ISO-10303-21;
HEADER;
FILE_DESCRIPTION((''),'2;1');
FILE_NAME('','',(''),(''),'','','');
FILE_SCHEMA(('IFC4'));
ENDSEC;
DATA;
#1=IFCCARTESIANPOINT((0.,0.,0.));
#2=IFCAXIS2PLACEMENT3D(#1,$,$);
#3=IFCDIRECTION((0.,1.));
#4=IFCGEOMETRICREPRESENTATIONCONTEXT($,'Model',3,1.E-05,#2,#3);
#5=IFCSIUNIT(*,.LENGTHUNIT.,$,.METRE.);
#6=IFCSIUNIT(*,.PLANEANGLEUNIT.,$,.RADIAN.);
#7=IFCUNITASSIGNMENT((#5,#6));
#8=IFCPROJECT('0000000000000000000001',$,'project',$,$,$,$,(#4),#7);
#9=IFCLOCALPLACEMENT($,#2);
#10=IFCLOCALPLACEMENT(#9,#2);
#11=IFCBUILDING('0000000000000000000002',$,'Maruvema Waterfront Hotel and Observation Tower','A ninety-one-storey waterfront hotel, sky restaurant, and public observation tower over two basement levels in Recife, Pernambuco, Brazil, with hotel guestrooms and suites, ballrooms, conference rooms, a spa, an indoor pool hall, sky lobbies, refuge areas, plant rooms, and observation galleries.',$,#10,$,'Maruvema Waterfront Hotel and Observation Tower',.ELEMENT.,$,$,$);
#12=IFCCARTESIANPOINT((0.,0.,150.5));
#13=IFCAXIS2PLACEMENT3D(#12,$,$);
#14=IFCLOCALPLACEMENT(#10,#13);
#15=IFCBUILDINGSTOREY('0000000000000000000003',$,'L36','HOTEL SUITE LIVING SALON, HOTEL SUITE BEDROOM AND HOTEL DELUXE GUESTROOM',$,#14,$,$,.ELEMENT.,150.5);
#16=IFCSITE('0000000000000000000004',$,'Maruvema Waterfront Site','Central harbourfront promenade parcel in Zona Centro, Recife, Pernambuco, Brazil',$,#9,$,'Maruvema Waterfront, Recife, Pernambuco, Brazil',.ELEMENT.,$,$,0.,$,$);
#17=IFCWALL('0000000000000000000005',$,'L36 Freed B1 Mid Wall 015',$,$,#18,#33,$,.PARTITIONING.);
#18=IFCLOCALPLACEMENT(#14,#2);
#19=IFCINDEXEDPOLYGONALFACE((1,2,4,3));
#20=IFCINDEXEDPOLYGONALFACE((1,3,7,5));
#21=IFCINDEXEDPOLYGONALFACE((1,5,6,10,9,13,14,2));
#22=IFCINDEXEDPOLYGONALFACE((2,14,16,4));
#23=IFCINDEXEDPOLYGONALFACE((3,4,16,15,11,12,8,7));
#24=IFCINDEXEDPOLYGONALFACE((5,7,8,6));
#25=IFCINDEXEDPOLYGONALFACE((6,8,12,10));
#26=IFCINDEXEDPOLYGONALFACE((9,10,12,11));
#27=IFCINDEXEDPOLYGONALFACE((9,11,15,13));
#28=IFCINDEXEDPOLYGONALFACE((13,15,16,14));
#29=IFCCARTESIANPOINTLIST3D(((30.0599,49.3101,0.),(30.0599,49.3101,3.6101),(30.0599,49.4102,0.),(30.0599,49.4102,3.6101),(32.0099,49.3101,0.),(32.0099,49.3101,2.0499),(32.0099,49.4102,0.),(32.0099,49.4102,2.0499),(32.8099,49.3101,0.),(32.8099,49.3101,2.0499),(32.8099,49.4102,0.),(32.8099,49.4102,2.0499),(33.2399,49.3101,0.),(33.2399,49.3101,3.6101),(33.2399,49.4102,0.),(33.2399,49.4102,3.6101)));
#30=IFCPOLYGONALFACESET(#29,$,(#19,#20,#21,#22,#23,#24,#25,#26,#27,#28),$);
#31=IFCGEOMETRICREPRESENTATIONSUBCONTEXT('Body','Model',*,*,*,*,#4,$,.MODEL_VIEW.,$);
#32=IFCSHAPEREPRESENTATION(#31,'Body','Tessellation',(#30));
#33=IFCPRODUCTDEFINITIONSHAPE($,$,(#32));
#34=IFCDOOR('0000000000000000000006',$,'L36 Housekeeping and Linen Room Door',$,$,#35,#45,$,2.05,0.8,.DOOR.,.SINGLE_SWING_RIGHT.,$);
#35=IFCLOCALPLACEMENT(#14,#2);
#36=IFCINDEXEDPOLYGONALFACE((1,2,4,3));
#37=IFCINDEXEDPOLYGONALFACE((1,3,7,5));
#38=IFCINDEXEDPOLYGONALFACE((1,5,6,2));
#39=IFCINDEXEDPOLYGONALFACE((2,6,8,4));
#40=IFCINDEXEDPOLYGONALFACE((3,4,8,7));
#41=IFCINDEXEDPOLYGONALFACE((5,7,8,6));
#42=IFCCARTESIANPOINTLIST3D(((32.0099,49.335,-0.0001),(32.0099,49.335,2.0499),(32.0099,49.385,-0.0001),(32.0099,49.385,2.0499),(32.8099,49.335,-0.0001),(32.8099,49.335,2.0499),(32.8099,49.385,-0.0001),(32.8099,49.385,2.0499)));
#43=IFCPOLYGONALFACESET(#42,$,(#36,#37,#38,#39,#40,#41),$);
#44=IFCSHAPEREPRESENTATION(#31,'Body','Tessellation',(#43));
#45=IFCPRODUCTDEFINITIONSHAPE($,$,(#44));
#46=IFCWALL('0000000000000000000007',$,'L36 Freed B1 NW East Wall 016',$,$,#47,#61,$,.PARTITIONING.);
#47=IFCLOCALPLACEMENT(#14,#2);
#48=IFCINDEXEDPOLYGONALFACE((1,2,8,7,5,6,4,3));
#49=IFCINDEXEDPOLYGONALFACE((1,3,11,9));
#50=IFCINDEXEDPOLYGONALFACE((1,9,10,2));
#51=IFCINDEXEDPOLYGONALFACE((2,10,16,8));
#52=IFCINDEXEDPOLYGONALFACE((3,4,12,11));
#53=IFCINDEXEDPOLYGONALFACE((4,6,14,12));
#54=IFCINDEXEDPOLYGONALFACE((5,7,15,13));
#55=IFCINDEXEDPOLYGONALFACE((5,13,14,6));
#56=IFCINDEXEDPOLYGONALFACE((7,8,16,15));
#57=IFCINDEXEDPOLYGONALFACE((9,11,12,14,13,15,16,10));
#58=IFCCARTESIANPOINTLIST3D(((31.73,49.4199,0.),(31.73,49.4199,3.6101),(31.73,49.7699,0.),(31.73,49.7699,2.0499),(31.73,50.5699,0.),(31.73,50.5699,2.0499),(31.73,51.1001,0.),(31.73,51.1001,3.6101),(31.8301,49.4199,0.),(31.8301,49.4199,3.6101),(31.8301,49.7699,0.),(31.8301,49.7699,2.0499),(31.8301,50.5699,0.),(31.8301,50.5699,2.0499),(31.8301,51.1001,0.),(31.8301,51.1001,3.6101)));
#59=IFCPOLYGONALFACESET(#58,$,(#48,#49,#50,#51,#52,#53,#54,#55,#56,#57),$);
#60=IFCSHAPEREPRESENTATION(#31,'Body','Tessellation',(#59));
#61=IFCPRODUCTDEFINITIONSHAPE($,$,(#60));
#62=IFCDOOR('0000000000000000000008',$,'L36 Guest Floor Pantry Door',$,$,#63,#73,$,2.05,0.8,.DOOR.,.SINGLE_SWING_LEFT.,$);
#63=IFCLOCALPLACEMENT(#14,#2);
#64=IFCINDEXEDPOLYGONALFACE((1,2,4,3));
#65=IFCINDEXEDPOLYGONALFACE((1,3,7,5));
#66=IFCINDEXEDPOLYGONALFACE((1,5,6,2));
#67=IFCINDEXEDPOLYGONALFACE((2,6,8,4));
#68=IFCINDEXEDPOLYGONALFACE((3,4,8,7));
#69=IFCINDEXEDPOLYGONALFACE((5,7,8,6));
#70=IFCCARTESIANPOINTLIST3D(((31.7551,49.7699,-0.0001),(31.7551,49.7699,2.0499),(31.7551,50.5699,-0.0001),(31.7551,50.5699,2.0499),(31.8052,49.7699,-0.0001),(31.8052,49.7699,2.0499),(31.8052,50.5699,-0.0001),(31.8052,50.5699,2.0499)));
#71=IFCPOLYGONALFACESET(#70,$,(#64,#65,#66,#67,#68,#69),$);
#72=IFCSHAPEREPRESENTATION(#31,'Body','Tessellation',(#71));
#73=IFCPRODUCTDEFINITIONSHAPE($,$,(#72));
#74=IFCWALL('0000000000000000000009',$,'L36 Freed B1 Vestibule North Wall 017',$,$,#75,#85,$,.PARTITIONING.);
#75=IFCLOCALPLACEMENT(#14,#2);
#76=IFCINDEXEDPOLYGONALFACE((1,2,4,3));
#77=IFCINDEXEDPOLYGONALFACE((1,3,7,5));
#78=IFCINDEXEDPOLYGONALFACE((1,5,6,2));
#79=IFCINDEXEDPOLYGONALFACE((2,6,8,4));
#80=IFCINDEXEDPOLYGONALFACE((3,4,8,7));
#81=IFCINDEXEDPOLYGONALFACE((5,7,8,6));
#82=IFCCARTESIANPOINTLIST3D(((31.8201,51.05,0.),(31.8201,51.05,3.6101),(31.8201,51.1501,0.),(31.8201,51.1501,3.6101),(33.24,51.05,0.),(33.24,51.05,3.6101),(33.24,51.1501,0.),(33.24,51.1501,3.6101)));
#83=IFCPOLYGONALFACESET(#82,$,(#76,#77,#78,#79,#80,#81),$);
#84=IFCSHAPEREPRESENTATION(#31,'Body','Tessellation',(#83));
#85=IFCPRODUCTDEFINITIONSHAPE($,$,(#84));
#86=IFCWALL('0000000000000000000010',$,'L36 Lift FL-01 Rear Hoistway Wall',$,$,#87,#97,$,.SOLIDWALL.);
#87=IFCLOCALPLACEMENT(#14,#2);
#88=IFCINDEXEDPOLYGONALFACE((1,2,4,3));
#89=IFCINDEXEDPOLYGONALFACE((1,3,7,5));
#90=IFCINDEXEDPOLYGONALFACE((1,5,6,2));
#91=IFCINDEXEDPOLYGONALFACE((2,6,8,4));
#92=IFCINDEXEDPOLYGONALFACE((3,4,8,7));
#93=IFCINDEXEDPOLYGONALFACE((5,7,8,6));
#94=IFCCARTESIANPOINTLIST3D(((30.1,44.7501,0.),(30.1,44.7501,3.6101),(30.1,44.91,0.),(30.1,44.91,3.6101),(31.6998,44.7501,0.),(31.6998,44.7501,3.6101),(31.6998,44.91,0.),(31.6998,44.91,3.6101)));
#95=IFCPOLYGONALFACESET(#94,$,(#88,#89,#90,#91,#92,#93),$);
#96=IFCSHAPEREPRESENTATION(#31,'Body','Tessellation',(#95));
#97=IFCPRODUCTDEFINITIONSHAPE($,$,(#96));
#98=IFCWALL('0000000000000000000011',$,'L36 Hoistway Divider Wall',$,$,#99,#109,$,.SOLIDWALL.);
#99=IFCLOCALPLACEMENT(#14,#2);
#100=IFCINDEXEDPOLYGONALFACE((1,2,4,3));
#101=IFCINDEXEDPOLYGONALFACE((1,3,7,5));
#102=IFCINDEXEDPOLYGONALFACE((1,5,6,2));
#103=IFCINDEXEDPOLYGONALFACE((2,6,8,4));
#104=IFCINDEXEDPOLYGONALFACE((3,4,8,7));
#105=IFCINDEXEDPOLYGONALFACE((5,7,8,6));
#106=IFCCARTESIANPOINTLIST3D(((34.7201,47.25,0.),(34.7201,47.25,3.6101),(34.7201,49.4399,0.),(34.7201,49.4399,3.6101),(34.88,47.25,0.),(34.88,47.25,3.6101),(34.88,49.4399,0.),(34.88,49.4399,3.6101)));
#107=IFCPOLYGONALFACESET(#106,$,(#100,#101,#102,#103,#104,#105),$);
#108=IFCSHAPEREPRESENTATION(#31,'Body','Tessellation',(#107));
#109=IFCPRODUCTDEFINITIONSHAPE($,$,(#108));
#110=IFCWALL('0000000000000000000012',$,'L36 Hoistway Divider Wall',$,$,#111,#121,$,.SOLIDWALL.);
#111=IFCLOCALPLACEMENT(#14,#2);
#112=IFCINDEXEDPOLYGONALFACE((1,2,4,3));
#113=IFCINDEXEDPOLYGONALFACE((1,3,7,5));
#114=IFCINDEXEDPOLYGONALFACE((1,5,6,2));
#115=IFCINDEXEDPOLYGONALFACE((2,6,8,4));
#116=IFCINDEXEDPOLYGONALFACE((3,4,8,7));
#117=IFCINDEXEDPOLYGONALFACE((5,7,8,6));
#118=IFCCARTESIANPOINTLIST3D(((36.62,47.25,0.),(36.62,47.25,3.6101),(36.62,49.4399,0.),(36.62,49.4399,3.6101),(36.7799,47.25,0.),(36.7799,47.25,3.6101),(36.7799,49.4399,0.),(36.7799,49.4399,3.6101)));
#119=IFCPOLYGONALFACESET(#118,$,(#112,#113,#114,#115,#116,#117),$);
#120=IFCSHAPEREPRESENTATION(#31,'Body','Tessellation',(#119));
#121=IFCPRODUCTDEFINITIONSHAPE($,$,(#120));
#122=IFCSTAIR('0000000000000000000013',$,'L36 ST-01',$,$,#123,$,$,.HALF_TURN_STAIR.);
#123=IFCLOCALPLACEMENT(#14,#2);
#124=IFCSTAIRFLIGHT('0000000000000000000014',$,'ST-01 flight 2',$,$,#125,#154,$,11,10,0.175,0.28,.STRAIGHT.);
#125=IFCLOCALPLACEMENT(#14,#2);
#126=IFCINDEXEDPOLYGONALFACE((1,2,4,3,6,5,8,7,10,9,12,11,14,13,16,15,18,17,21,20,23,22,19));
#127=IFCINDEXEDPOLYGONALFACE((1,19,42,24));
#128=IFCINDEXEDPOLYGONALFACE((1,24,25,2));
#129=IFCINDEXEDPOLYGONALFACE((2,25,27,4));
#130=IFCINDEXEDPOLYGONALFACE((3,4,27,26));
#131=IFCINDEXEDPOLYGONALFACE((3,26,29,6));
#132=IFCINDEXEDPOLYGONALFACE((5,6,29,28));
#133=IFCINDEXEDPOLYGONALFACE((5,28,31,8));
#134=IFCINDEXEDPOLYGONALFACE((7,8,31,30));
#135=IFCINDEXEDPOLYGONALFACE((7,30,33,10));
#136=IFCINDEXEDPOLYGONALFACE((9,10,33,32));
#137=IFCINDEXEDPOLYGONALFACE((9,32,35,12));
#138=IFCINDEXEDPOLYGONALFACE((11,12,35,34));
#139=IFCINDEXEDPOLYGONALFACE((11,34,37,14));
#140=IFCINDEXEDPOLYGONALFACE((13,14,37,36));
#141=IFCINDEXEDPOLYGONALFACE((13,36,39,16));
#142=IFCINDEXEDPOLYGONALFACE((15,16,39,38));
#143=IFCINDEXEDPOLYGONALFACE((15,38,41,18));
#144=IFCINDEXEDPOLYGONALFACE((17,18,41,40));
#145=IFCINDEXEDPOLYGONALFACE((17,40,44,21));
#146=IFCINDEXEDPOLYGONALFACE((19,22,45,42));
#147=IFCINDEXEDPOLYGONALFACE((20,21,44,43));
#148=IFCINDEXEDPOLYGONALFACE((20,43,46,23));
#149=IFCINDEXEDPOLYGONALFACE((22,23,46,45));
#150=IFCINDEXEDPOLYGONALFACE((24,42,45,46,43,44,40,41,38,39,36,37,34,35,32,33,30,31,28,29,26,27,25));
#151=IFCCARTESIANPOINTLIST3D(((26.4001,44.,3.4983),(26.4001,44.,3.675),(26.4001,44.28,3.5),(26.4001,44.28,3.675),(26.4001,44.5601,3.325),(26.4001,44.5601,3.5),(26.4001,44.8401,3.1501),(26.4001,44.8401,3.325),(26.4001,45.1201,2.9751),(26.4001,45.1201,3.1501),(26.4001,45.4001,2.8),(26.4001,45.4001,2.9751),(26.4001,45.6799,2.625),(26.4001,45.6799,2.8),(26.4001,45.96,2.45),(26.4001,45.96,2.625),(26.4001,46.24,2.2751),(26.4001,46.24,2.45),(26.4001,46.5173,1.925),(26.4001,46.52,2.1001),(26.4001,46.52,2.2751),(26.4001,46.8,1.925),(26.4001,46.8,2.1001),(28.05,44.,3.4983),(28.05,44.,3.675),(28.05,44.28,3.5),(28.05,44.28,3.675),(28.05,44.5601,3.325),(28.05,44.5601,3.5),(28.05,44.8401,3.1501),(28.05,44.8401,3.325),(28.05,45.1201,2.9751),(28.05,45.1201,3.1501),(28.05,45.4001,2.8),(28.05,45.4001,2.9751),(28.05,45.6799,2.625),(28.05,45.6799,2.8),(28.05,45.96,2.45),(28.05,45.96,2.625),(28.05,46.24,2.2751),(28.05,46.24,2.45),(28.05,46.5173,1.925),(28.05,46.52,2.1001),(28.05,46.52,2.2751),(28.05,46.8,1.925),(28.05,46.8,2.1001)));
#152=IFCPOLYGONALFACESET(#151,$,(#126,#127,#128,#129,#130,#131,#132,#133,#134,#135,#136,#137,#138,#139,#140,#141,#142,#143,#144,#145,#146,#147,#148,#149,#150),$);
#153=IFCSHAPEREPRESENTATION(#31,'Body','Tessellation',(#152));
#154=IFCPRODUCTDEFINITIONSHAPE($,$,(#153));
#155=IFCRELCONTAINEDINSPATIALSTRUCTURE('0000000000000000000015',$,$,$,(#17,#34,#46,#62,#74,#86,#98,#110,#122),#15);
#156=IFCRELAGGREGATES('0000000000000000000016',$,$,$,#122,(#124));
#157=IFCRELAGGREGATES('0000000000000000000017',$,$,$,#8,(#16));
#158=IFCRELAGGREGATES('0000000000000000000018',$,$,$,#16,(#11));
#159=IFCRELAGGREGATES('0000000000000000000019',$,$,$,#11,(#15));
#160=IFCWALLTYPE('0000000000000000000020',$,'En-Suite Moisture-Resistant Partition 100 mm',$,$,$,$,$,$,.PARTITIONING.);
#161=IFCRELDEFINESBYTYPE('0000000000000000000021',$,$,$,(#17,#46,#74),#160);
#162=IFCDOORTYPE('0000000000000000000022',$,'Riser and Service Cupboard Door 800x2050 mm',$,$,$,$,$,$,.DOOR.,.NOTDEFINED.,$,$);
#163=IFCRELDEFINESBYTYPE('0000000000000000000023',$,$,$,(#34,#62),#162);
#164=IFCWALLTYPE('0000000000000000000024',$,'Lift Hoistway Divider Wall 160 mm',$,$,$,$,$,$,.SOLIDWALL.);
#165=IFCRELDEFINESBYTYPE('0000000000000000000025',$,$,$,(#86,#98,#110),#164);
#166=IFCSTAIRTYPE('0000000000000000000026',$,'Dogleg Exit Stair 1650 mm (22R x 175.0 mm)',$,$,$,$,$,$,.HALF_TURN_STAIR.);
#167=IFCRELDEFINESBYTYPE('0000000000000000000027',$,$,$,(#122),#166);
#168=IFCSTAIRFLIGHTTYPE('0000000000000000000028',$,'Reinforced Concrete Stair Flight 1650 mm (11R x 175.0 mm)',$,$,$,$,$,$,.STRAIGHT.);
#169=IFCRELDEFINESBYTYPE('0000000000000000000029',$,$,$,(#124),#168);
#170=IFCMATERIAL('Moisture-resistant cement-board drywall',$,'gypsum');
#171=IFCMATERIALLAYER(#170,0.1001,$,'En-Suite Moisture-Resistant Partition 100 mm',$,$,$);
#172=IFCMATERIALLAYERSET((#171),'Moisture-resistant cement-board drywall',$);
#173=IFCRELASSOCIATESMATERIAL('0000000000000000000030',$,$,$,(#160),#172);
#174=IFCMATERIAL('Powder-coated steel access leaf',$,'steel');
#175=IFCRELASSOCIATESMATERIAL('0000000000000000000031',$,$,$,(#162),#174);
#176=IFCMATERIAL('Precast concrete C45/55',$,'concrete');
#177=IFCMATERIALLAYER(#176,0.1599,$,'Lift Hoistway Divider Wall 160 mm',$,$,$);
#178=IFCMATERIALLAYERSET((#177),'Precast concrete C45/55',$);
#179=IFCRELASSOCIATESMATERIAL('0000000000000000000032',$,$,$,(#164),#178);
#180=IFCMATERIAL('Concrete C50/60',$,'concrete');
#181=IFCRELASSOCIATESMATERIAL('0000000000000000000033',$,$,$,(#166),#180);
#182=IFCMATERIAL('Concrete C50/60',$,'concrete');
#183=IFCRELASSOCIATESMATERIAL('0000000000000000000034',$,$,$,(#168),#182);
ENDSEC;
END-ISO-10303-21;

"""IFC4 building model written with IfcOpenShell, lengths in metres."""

from ifc_helpers import new_model, si_unit, direction, frame, frame_2d, origin, place, context, subcontext, project, spatial, polyline, rectangle, outline, extrude, material, layer, layer_set, type_object, element, fill, aggregate, save


model = new_model("IFC4")

# Units and contexts
model_context = context("Model", 3, precision=1e-05, world=origin(), true_north=direction((0.0, 1.0)))
body_context = subcontext(model_context, "Body", "Model", "MODEL_VIEW")
ifc_project = project(units=[si_unit("LENGTHUNIT", "METRE"), si_unit("PLANEANGLEUNIT", "RADIAN")], contexts=[model_context])

# Site, building, storey
site_placement = place(None, origin())
site = spatial("IfcSite", under=ifc_project, at=site_placement, Name="Maruvema Waterfront Site", Description="Central harbourfront promenade parcel in Zona Centro, Recife, Pernambuco, Brazil", LongName="Maruvema Waterfront, Recife, Pernambuco, Brazil", CompositionType="ELEMENT", RefElevation=0.0)
building_placement = place(site_placement, origin())
building = spatial("IfcBuilding", under=site, at=building_placement, Name="Maruvema Waterfront Hotel and Observation Tower", Description="A ninety-one-storey waterfront hotel, sky restaurant, and public observation tower over two basement levels in Recife, Pernambuco, Brazil, with hotel guestrooms and suites, ballrooms, conference rooms, a spa, an indoor pool hall, sky lobbies, refuge areas, plant rooms, and observation galleries.", LongName="Maruvema Waterfront Hotel and Observation Tower", CompositionType="ELEMENT")
storey_placement = place(building_placement, frame((0.0, 0.0, 150.5)))
storey = spatial("IfcBuildingStorey", under=building, at=storey_placement, Name="L36", Description="HOTEL SUITE LIVING SALON, HOTEL SUITE BEDROOM AND HOTEL DELUXE GUESTROOM", CompositionType="ELEMENT", Elevation=150.5)

# Shared definitions
ifc_material_1 = material(Name="Moisture-resistant cement-board drywall", Category="gypsum")
ifc_layer_1 = layer(ifc_material_1, 0.1001, Name="En-Suite Moisture-Resistant Partition 100 mm")
ifc_layer_set_1 = layer_set([ifc_layer_1], Name="Moisture-resistant cement-board drywall")
wall_type_1 = type_object("IfcWallType", Name="En-Suite Moisture-Resistant Partition 100 mm", PredefinedType="PARTITIONING", material=ifc_layer_set_1)

# Shared definitions
ifc_material_2 = material(Name="Powder-coated steel access leaf", Category="steel")
door_type_1 = type_object("IfcDoorType", Name="Riser and Service Cupboard Door 800x2050 mm", OperationType="NOTDEFINED", PredefinedType="DOOR", material=ifc_material_2)

# Walls, openings, doors
wall_1_placement = place(storey_placement, frame((30.0601, 49.3601, 0.0), z_axis=(0.0, 0.0, 1.0), x_axis=(1.0, 0.0, 0.0)))
wall_1 = element("IfcWall", 1, at=wall_1_placement, inside=storey, type_object=wall_type_1, Name="L36 Freed B1 Mid Wall 015", PredefinedType="PARTITIONING", context=body_context, shape_type="SweptSolid", body=[
    extrude(rectangle(XDim=3.1799, YDim=0.1001, at=frame_2d((1.5898, 0.0))), origin(), (0.0, 0.0, 1.0), 3.6101),
])
opening_1_placement = place(wall_1_placement, frame((1.95, 0.0, 0.0)))
opening_1 = element("IfcOpeningElement", 2, at=opening_1_placement, cuts=wall_1, PredefinedType="OPENING", context=body_context, shape_type="SweptSolid", body=[
    extrude(rectangle(XDim=0.8, YDim=2.05, at=frame_2d((0.3999, 1.0249))), frame((0.0, 0.0601, 0.0), z_axis=(0.0, -1.0, 0.0), x_axis=(1.0, 0.0, 0.0)), (0.0, 0.0, 1.0), 0.1201),
])
door_1_placement = place(opening_1_placement, origin())
door_1 = element("IfcDoor", 3, at=door_1_placement, inside=storey, type_object=door_type_1, Name="L36 Housekeeping and Linen Room Door", OperationType="SINGLE_SWING_RIGHT", OverallHeight=2.05, OverallWidth=0.8, PredefinedType="DOOR", context=body_context, shape_type="SweptSolid", body=[
    extrude(rectangle(XDim=0.8, YDim=2.05, at=frame_2d((0.3999, 1.0249))), frame((0.0, 0.0249, 0.0), z_axis=(0.0, -1.0, 0.0), x_axis=(1.0, 0.0, 0.0)), (0.0, 0.0, 1.0), 0.05),
])
fill(opening_1, door_1)
wall_2_placement = place(storey_placement, frame((31.78, 49.4199, 0.0), z_axis=(0.0, 0.0, 1.0), x_axis=(0.0, 1.0, 0.0)))
wall_2 = element("IfcWall", 4, at=wall_2_placement, inside=storey, type_object=wall_type_1, Name="L36 Freed B1 NW East Wall 016", PredefinedType="PARTITIONING", context=body_context, shape_type="SweptSolid", body=[
    extrude(rectangle(XDim=1.6802, YDim=0.1001, at=frame_2d((0.8401, 0.0))), origin(), (0.0, 0.0, 1.0), 3.6101),
])
opening_2_placement = place(wall_2_placement, frame((0.3501, 0.0, 0.0)))
opening_2 = element("IfcOpeningElement", 5, at=opening_2_placement, cuts=wall_2, PredefinedType="OPENING", context=body_context, shape_type="SweptSolid", body=[
    extrude(rectangle(XDim=0.8, YDim=2.05, at=frame_2d((0.3999, 1.0249))), frame((0.0, 0.0601, 0.0), z_axis=(0.0, -1.0, 0.0), x_axis=(1.0, 0.0, 0.0)), (0.0, 0.0, 1.0), 0.1201),
])
door_2_placement = place(opening_2_placement, origin())
door_2 = element("IfcDoor", 6, at=door_2_placement, inside=storey, type_object=door_type_1, Name="L36 Guest Floor Pantry Door", OperationType="SINGLE_SWING_LEFT", OverallHeight=2.05, OverallWidth=0.8, PredefinedType="DOOR", context=body_context, shape_type="SweptSolid", body=[
    extrude(rectangle(XDim=0.8, YDim=2.05, at=frame_2d((0.3999, 1.0249))), frame((0.0, 0.0249, 0.0), z_axis=(0.0, -1.0, 0.0), x_axis=(1.0, 0.0, 0.0)), (0.0, 0.0, 1.0), 0.05),
])
fill(opening_2, door_2)

# Walls
wall_3_placement = place(storey_placement, frame((31.8201, 51.1001, 0.0), z_axis=(0.0, 0.0, 1.0), x_axis=(1.0, 0.0, 0.0)))
element("IfcWall", 7, at=wall_3_placement, inside=storey, type_object=wall_type_1, Name="L36 Freed B1 Vestibule North Wall 017", PredefinedType="PARTITIONING", context=body_context, shape_type="SweptSolid", body=[
    extrude(rectangle(XDim=1.4199, YDim=0.1001, at=frame_2d((0.71, 0.0))), origin(), (0.0, 0.0, 1.0), 3.6101),
])
ifc_material_3 = material(Name="Precast concrete C45/55", Category="concrete")
ifc_layer_2 = layer(ifc_material_3, 0.1599, Name="Lift Hoistway Divider Wall 160 mm")
ifc_layer_set_2 = layer_set([ifc_layer_2], Name="Precast concrete C45/55")
wall_type_2 = type_object("IfcWallType", Name="Lift Hoistway Divider Wall 160 mm", PredefinedType="SOLIDWALL", material=ifc_layer_set_2)
wall_4_placement = place(storey_placement, frame((30.1001, 44.8301, 0.0), z_axis=(0.0, 0.0, 1.0), x_axis=(1.0, 0.0, 0.0)))
element("IfcWall", 8, at=wall_4_placement, inside=storey, type_object=wall_type_2, Name="L36 Lift FL-01 Rear Hoistway Wall", PredefinedType="SOLIDWALL", context=body_context, shape_type="SweptSolid", body=[
    extrude(rectangle(XDim=1.5999, YDim=0.1599, at=frame_2d((0.7998, 0.0))), origin(), (0.0, 0.0, 1.0), 3.6101),
])
for number, where, z_axis, x_axis, name in (
    (9, (34.8, 47.25, 0.0), (0.0, 0.0, 1.0), (0.0, 1.0, 0.0), "L36 Hoistway Divider Wall"),
    (10, (36.7, 47.25, 0.0), (0.0, 0.0, 1.0), (0.0, 1.0, 0.0), "L36 Hoistway Divider Wall"),
):
    element("IfcWall", number, at=place(storey_placement, frame(where, z_axis=z_axis, x_axis=x_axis)), inside=storey, type_object=wall_type_2, Name=name, PredefinedType="SOLIDWALL", context=body_context, shape_type="SweptSolid", body=[
        extrude(rectangle(XDim=2.1899, YDim=0.1599, at=frame_2d((1.095, 0.0))), origin(), (0.0, 0.0, 1.0), 3.6101),
    ])

# Stair, stair flight
ifc_material_4 = material(Name="Concrete C50/60", Category="concrete")
stair_type = type_object("IfcStairType", Name="Dogleg Exit Stair 1650 mm (22R x 175.0 mm)", PredefinedType="HALF_TURN_STAIR", material=ifc_material_4)
stair_1_placement = place(storey_placement, origin())
stair_1 = element("IfcStair", 11, at=stair_1_placement, inside=storey, type_object=stair_type, Name="L36 ST-01", PredefinedType="HALF_TURN_STAIR")
ifc_material_5 = material(Name="Concrete C50/60", Category="concrete")
stair_flight_type = type_object("IfcStairFlightType", Name="Reinforced Concrete Stair Flight 1650 mm (11R x 175.0 mm)", PredefinedType="STRAIGHT", material=ifc_material_5)
stair_flight_1_placement = place(storey_placement, frame((27.2251, 46.8, 1.925), z_axis=(0.0, 0.0, 1.0), x_axis=(0.0, -1.0, 0.0)))
stair_flight_1 = element("IfcStairFlight", 12, at=stair_flight_1_placement, type_object=stair_flight_type, Name="ST-01 flight 2", NumberOfRisers=11, NumberOfTreads=10, PredefinedType="STRAIGHT", RiserHeight=0.175, TreadLength=0.28, context=body_context, shape_type="SweptSolid", body=[
    extrude(outline(polyline([(0.0, 0.0), (0.0, 0.175), (0.28, 0.175), (0.28, 0.3501), (0.5601, 0.3501), (0.5601, 0.5249), (0.8401, 0.5249), (0.8401, 0.7), (1.1201, 0.7), (1.1201, 0.875), (1.3999, 0.875), (1.3999, 1.05), (1.6799, 1.05), (1.6799, 1.2251), (1.96, 1.2251), (1.96, 1.3999), (2.24, 1.3999), (2.24, 1.575), (2.52, 1.575), (2.52, 1.75), (2.8, 1.75), (2.8, 1.925), (2.8, 1.5732), (0.2827, 0.0), (0.0, 0.0)])), frame((0.0, 0.825, 0.0), z_axis=(0.0, -1.0, 0.0), x_axis=(1.0, 0.0, 0.0)), (0.0, 0.0, 1.0), 1.6499),
])
aggregate(stair_1, [stair_flight_1])

save(model, "model.ifc")
